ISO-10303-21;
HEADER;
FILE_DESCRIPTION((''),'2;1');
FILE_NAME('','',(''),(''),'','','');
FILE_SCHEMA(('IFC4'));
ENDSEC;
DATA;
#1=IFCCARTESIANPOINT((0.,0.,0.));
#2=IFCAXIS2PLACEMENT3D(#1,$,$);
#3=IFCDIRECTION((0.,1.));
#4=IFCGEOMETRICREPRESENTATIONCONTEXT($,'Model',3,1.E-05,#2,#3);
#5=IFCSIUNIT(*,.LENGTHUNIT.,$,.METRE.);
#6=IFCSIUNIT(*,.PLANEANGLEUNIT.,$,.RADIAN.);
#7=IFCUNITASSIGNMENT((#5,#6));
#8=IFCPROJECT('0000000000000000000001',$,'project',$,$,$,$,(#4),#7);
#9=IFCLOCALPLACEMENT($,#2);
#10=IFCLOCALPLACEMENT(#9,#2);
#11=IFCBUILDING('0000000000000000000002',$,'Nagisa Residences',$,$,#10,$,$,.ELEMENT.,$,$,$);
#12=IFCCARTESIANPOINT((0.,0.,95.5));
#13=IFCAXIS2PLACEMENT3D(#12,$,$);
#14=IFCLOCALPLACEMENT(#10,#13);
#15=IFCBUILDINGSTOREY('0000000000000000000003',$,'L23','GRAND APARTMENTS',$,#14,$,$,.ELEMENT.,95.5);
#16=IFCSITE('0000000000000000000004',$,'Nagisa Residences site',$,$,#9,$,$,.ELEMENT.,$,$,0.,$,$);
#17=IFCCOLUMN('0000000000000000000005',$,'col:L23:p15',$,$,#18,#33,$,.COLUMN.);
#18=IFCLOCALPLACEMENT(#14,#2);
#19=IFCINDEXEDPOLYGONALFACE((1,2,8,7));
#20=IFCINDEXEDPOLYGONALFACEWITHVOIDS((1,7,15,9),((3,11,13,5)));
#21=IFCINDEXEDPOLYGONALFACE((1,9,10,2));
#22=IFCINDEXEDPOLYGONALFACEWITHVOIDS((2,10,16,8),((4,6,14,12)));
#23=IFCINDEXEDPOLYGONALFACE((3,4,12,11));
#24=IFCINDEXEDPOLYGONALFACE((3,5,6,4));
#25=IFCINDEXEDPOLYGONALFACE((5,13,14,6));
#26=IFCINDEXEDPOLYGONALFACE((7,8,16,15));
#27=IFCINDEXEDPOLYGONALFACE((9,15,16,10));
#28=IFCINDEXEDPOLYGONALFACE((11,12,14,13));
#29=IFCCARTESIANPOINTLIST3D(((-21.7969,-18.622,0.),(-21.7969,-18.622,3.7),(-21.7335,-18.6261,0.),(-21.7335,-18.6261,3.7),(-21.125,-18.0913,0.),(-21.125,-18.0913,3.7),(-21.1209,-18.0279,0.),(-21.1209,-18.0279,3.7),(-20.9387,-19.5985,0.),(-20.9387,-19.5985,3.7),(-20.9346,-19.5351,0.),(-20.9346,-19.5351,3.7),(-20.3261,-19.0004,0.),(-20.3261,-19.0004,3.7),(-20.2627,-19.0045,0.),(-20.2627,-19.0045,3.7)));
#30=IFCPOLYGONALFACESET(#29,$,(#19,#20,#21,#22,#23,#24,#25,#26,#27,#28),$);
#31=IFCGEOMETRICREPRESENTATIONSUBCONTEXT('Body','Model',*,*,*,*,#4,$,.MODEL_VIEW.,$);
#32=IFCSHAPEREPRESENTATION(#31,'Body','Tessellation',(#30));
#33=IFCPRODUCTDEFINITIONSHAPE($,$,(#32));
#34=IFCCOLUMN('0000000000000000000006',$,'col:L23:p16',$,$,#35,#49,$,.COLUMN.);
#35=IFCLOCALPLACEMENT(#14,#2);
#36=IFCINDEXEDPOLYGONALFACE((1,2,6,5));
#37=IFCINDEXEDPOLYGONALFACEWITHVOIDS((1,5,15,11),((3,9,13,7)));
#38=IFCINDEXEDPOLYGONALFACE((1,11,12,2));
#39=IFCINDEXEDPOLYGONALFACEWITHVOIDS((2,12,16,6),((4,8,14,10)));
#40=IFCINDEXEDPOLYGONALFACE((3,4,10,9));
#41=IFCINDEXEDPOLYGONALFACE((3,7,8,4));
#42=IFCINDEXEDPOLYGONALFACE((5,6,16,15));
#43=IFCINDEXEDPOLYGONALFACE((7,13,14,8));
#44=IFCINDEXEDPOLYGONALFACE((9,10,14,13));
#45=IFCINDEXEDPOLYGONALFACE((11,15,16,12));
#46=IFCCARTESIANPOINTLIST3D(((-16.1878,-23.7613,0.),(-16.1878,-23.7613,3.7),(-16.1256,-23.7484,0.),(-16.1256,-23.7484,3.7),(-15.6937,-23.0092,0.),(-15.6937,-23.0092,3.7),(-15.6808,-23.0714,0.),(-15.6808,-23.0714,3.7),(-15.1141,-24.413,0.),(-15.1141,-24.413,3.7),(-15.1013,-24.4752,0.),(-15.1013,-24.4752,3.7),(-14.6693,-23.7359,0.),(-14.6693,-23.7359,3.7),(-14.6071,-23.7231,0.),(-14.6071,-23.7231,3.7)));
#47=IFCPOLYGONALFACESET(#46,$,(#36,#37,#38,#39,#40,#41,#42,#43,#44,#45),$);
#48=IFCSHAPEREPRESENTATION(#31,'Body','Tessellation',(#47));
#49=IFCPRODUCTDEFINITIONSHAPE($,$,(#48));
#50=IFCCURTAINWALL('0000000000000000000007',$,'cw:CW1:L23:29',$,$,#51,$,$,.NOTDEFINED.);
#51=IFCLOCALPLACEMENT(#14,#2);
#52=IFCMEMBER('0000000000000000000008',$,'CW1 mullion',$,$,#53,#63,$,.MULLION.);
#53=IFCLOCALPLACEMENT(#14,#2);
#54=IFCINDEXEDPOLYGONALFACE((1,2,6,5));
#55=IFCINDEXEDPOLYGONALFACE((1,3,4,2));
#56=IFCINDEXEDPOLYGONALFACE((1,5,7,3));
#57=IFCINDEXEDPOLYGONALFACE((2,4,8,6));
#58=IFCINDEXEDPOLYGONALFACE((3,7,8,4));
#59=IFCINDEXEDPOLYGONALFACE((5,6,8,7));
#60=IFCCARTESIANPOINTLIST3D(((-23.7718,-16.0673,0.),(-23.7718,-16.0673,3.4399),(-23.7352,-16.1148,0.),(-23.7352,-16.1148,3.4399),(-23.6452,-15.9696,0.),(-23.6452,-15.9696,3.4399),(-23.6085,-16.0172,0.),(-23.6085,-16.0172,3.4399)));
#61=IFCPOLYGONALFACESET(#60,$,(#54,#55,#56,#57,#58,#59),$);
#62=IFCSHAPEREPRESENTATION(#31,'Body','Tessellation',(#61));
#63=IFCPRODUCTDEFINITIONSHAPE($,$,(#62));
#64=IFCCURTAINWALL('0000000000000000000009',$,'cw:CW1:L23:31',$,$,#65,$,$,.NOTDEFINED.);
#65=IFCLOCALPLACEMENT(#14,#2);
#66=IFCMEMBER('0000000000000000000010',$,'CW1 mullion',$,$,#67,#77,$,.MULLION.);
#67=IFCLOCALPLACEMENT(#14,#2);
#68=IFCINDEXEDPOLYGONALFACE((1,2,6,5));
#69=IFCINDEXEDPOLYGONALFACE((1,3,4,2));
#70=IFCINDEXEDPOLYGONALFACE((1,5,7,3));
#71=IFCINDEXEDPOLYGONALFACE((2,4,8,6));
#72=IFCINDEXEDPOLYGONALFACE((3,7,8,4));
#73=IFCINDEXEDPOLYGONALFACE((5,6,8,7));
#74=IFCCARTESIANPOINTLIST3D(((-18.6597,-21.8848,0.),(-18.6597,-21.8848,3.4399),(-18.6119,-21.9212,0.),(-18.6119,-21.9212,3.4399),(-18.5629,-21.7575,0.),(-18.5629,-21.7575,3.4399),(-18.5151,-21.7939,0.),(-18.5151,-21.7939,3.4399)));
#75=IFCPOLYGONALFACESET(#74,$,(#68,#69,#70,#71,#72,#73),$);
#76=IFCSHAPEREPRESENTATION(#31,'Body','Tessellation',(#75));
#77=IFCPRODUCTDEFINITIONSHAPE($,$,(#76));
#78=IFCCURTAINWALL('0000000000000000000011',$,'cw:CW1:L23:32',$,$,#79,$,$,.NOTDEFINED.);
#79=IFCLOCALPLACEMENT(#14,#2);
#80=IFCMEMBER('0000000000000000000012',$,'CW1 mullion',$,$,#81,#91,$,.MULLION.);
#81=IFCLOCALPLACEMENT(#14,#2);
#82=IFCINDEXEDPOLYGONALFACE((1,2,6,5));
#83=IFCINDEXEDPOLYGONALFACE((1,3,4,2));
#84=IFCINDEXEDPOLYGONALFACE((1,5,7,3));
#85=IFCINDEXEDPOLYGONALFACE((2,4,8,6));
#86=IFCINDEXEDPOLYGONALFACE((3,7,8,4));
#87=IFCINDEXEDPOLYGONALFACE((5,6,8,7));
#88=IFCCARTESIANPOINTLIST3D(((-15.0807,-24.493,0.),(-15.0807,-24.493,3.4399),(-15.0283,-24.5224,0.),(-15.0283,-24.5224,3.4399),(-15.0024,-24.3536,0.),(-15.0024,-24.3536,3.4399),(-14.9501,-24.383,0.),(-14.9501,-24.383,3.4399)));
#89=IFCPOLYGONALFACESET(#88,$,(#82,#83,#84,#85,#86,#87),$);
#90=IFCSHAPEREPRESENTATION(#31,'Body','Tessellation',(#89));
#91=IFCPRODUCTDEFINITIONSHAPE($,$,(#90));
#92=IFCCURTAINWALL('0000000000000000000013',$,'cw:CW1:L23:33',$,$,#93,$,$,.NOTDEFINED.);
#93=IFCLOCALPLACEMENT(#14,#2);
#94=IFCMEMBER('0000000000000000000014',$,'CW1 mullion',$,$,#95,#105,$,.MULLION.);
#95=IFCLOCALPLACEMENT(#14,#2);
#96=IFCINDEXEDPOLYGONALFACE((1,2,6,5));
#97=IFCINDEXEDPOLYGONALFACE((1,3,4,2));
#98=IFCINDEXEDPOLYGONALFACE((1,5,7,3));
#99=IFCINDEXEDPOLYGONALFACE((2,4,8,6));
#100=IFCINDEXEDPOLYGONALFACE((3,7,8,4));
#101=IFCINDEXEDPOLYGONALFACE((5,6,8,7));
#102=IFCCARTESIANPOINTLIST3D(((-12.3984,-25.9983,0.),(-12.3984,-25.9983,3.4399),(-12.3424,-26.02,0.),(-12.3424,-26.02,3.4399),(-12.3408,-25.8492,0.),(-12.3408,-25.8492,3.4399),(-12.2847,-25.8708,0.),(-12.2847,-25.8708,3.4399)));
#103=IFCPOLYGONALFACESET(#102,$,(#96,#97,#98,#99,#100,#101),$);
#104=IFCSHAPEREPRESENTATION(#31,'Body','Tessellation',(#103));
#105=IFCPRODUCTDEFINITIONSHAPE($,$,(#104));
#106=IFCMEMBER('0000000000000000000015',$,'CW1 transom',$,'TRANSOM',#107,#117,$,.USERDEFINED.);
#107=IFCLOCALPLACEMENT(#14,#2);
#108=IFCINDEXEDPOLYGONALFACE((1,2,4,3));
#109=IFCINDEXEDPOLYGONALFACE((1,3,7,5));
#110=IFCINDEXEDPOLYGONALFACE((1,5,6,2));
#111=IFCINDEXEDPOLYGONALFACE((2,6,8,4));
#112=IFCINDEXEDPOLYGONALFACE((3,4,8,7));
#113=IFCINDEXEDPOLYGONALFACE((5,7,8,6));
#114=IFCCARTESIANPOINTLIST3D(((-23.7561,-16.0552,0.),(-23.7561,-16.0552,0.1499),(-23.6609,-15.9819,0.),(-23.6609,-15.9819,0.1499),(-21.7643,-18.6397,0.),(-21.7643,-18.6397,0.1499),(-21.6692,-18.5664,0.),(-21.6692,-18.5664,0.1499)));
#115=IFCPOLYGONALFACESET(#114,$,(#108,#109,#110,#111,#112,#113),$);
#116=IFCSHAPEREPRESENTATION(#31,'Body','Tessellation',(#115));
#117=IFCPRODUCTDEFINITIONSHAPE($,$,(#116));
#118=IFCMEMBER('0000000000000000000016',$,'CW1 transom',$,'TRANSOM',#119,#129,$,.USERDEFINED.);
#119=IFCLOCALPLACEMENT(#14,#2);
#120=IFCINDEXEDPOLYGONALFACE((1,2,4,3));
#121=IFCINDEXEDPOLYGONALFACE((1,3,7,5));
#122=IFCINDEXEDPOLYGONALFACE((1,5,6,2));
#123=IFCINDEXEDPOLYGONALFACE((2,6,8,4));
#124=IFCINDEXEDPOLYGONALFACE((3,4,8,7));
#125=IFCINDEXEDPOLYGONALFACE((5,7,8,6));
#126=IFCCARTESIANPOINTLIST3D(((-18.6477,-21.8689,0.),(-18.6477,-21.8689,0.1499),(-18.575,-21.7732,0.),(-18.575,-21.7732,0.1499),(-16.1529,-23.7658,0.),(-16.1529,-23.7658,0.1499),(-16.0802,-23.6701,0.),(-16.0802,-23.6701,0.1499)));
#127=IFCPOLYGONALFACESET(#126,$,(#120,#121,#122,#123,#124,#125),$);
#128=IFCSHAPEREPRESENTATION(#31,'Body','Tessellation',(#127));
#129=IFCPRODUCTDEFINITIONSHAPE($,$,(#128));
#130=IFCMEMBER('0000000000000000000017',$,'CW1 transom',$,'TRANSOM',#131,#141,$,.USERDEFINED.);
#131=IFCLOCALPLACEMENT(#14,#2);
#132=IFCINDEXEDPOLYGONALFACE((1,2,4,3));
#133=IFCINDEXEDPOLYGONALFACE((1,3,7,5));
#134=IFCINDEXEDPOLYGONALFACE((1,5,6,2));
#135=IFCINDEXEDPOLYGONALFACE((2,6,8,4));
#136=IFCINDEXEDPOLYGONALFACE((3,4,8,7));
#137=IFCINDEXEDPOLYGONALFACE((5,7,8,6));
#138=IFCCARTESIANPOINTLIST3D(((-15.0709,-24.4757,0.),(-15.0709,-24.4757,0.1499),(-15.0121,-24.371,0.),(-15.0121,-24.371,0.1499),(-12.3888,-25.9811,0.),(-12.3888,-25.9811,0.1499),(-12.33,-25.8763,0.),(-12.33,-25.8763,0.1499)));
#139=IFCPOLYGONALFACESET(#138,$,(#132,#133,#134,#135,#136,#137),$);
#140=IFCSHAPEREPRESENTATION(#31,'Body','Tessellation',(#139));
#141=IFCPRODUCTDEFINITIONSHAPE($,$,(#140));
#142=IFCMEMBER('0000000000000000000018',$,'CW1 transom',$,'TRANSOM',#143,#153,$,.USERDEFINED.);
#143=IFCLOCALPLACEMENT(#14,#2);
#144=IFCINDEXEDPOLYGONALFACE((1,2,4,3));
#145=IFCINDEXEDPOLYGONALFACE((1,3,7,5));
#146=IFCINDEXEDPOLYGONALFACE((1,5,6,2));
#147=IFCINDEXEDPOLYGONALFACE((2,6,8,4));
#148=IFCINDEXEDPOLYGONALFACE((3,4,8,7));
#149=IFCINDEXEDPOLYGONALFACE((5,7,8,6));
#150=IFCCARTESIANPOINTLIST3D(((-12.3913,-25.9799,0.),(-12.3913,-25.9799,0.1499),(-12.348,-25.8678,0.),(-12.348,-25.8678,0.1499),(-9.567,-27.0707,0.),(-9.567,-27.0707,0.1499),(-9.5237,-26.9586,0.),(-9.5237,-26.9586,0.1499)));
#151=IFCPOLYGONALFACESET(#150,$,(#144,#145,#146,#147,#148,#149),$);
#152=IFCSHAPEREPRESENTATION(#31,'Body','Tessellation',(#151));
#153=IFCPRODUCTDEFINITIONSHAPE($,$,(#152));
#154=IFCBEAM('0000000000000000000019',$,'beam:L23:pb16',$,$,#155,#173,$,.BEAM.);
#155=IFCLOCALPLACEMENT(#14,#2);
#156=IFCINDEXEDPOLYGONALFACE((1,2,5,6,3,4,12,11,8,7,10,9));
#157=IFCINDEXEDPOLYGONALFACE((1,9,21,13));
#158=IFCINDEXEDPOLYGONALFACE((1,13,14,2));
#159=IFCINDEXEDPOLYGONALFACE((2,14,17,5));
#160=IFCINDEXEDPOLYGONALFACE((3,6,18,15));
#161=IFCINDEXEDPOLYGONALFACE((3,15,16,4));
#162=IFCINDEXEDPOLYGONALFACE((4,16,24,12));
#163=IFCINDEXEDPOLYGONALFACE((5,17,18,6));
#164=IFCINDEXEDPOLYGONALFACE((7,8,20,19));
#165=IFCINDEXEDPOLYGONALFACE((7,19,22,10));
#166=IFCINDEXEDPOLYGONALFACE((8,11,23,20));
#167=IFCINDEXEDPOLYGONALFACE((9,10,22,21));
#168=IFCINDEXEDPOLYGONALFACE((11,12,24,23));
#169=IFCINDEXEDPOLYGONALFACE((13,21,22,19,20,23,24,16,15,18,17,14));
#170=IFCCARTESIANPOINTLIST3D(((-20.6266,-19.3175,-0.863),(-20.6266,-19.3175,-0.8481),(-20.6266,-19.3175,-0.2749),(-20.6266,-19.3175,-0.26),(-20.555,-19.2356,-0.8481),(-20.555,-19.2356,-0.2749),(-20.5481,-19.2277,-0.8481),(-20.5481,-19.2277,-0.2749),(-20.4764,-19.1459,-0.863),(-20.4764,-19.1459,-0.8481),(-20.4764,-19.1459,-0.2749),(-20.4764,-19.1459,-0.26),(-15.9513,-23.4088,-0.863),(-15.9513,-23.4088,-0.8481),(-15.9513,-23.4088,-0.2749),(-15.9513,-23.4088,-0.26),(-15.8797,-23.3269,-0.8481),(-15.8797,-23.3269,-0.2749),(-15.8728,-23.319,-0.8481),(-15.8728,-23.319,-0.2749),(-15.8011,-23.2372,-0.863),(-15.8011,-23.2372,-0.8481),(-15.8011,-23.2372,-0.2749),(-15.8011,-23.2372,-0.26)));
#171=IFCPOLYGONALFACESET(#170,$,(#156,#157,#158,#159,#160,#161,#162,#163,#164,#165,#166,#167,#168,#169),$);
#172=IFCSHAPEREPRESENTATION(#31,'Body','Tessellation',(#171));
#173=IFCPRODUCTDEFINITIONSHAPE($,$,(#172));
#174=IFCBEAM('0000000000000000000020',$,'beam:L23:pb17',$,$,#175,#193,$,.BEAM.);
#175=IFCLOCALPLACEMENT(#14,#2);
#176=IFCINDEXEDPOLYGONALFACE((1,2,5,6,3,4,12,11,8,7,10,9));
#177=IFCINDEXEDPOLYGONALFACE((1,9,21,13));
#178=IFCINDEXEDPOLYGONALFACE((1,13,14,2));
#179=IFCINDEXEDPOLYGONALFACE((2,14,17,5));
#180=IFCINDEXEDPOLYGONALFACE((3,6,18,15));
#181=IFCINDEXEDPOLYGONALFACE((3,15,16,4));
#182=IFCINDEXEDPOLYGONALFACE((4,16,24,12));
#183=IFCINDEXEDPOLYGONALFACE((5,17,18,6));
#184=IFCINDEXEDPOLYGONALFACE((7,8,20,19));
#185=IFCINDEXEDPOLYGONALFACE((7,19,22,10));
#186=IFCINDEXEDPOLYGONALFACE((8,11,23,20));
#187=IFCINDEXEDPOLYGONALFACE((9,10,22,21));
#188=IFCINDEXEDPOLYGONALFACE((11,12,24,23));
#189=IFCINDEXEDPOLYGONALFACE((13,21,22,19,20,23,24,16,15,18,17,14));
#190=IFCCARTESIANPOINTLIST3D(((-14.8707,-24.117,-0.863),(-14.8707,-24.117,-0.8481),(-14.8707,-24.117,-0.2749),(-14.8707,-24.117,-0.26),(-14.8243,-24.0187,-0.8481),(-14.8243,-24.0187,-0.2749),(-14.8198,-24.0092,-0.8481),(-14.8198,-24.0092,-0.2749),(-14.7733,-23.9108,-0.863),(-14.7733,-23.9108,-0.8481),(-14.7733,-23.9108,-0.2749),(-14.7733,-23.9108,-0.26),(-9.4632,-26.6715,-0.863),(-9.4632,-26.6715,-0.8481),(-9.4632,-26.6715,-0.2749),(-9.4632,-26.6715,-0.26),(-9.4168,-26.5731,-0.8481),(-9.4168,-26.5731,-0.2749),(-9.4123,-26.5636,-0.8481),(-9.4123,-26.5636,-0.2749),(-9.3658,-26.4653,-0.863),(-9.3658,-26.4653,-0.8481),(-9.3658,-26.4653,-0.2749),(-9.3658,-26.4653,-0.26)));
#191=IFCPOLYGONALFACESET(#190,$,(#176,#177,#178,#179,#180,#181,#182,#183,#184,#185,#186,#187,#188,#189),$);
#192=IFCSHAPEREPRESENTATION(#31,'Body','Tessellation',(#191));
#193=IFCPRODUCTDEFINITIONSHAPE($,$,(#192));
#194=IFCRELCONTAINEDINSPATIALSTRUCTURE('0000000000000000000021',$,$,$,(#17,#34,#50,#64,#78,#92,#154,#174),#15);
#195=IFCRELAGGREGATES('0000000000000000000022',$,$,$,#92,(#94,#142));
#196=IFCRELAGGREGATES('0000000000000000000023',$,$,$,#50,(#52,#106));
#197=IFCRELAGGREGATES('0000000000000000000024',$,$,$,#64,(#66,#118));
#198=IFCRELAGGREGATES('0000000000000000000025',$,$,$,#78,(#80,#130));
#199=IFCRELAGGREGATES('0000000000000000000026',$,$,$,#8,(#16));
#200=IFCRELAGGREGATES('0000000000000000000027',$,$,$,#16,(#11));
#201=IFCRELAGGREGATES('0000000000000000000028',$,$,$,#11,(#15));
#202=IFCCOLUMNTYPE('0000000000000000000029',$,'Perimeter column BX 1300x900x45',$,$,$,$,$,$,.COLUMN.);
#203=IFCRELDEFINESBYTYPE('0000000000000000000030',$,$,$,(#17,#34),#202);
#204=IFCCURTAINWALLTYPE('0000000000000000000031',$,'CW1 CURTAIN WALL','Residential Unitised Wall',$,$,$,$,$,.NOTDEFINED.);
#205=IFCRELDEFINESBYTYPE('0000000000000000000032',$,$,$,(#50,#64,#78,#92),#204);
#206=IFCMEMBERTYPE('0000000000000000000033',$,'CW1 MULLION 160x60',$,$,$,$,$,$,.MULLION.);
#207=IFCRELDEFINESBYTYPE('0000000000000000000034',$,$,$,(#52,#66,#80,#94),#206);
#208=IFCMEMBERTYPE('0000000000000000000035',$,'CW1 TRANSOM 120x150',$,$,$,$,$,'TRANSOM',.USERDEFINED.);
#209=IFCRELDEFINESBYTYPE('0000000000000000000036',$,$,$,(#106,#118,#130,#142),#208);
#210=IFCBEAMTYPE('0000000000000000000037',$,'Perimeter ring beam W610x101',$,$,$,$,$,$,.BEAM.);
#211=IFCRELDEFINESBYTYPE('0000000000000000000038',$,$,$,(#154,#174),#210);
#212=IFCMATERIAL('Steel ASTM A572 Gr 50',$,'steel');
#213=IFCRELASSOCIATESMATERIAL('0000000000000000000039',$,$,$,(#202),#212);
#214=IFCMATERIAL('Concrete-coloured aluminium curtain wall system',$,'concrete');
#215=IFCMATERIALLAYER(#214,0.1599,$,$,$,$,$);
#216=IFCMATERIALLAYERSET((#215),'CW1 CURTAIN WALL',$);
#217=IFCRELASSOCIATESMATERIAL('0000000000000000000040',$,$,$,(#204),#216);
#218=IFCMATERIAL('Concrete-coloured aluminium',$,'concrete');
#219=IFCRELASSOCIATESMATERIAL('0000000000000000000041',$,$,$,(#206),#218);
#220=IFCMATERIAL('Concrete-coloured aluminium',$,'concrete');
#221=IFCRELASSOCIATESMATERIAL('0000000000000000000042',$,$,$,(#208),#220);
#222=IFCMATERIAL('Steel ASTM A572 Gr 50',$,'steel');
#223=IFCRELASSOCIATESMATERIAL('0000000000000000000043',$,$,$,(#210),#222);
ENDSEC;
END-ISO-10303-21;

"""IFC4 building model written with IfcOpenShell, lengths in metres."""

from ifc_helpers import new_model, si_unit, direction, frame, origin, origin_2d, place, context, subcontext, project, spatial, rectangle, hollow_rectangle, i_section, extrude, material, layer, layer_set, material_profile, profile_set, type_object, element, aggregate, save


model = new_model("IFC4")

# Units and contexts
model_context = context("Model", 3, precision=1e-05, world=origin(), true_north=direction((0.0, 1.0)))
body_context = subcontext(model_context, "Body", "Model", "MODEL_VIEW")
ifc_project = project(units=[si_unit("LENGTHUNIT", "METRE"), si_unit("PLANEANGLEUNIT", "RADIAN")], contexts=[model_context])

# Site, building, storey
site_placement = place(None, origin())
site = spatial("IfcSite", under=ifc_project, at=site_placement, Name="Nagisa Residences site", CompositionType="ELEMENT", RefElevation=0.0)
building_placement = place(site_placement, origin())
building = spatial("IfcBuilding", under=site, at=building_placement, Name="Nagisa Residences", CompositionType="ELEMENT")
storey_placement = place(building_placement, frame((0.0, 0.0, 95.5)))
storey = spatial("IfcBuildingStorey", under=building, at=storey_placement, Name="L23", Description="GRAND APARTMENTS", CompositionType="ELEMENT", Elevation=95.5)

# Columns
ifc_material_1 = material(Name="Steel ASTM A572 Gr 50", Category="steel")
ifc_material_profile_1 = material_profile(ifc_material_1, hollow_rectangle(XDim=1.3, YDim=0.8999, WallThickness=0.0449, at=origin_2d()), Name="BX 1300x900x45")
ifc_profile_set_1 = profile_set([ifc_material_profile_1], Name="Steel ASTM A572 Gr 50")
column_type = type_object("IfcColumnType", Name="Perimeter column BX 1300x900x45", PredefinedType="COLUMN", material=ifc_profile_set_1)
for number, where, z_axis, x_axis, name in (
    (1, (-21.0298, -18.8132, 0.0), (0.0, 0.0, 1.0), (0.660115, -0.751165, 0.0), "col:L23:p15"),
    (2, (-15.3975, -23.7422, 0.0), (0.0, 0.0, 1.0), (0.835766, -0.549086, 0.0), "col:L23:p16"),
):
    element("IfcColumn", number, at=place(storey_placement, frame(where, z_axis=z_axis, x_axis=x_axis)), inside=storey, type_object=column_type, Name=name, PredefinedType="COLUMN", context=body_context, shape_type="SweptSolid", body=[
        extrude(hollow_rectangle(XDim=1.3, YDim=0.8999, WallThickness=0.0449, at=origin_2d()), origin(), (0.0, 0.0, 1.0), 3.7),
    ])

# Curtain walls, members
ifc_material_2 = material(Name="Concrete-coloured aluminium curtain wall system", Category="concrete")
ifc_layer_1 = layer(ifc_material_2, 0.1599)
ifc_layer_set_1 = layer_set([ifc_layer_1], Name="CW1 CURTAIN WALL")
curtain_wall_type = type_object("IfcCurtainWallType", Name="CW1 CURTAIN WALL", Description="Residential Unitised Wall", PredefinedType="NOTDEFINED", material=ifc_layer_set_1)
curtain_wall_1_placement = place(storey_placement, origin())
curtain_wall_1 = element("IfcCurtainWall", 3, at=curtain_wall_1_placement, inside=storey, type_object=curtain_wall_type, Name="cw:CW1:L23:29", PredefinedType="NOTDEFINED")
ifc_material_3 = material(Name="Concrete-coloured aluminium", Category="concrete")
ifc_material_profile_2 = material_profile(ifc_material_3, rectangle(XDim=0.1599, YDim=0.0601, at=origin_2d()), Name="CW1 MULLION 160x60")
ifc_profile_set_2 = profile_set([ifc_material_profile_2], Name="Concrete-coloured aluminium")
member_type_1 = type_object("IfcMemberType", Name="CW1 MULLION 160x60", PredefinedType="MULLION", material=ifc_profile_set_2)
member_1_placement = place(storey_placement, frame((-23.6902, -16.0422, 0.0), z_axis=(0.0, 0.0, 1.0), x_axis=(0.79207, 0.61043, 0.0)))
member_1 = element("IfcMember", 4, at=member_1_placement, type_object=member_type_1, Name="CW1 mullion", PredefinedType="MULLION", context=body_context, shape_type="SweptSolid", body=[
    extrude(rectangle(XDim=0.1599, YDim=0.0601, at=origin_2d()), origin(), (0.0, 0.0, 1.0), 3.4399),
])
curtain_wall_2_placement = place(storey_placement, origin())
curtain_wall_2 = element("IfcCurtainWall", 5, at=curtain_wall_2_placement, inside=storey, type_object=curtain_wall_type, Name="cw:CW1:L23:31", PredefinedType="NOTDEFINED")
member_2_placement = place(storey_placement, frame((-18.5874, -21.8394, 0.0), z_axis=(0.0, 0.0, 1.0), x_axis=(0.605255, 0.796031, 0.0)))
member_2 = element("IfcMember", 6, at=member_2_placement, type_object=member_type_1, Name="CW1 mullion", PredefinedType="MULLION", context=body_context, shape_type="SweptSolid", body=[
    extrude(rectangle(XDim=0.1599, YDim=0.0601, at=origin_2d()), origin(), (0.0, 0.0, 1.0), 3.4399),
])
curtain_wall_3_placement = place(storey_placement, origin())
curtain_wall_3 = element("IfcCurtainWall", 7, at=curtain_wall_3_placement, inside=storey, type_object=curtain_wall_type, Name="cw:CW1:L23:32", PredefinedType="NOTDEFINED")
member_3_placement = place(storey_placement, frame((-15.0154, -24.438, 0.0), z_axis=(0.0, 0.0, 1.0), x_axis=(0.489377, 0.872072, 0.0)))
member_3 = element("IfcMember", 8, at=member_3_placement, type_object=member_type_1, Name="CW1 mullion", PredefinedType="MULLION", context=body_context, shape_type="SweptSolid", body=[
    extrude(rectangle(XDim=0.1599, YDim=0.0601, at=origin_2d()), origin(), (0.0, 0.0, 1.0), 3.4399),
])
curtain_wall_4_placement = place(storey_placement, origin())
curtain_wall_4 = element("IfcCurtainWall", 9, at=curtain_wall_4_placement, inside=storey, type_object=curtain_wall_type, Name="cw:CW1:L23:33", PredefinedType="NOTDEFINED")
member_4_placement = place(storey_placement, frame((-12.3416, -25.9346, 0.0), z_axis=(0.0, 0.0, 1.0), x_axis=(0.360328, 0.932826, 0.0)))
member_4 = element("IfcMember", 10, at=member_4_placement, type_object=member_type_1, Name="CW1 mullion", PredefinedType="MULLION", context=body_context, shape_type="SweptSolid", body=[
    extrude(rectangle(XDim=0.1599, YDim=0.0601, at=origin_2d()), origin(), (0.0, 0.0, 1.0), 3.4399),
])

# Members
ifc_material_4 = material(Name="Concrete-coloured aluminium", Category="concrete")
ifc_material_profile_3 = material_profile(ifc_material_4, rectangle(XDim=0.1201, YDim=0.1499, at=origin_2d()), Name="CW1 TRANSOM 120x150")
ifc_profile_set_3 = profile_set([ifc_material_profile_3], Name="Concrete-coloured aluminium")
member_type_2 = type_object("IfcMemberType", Name="CW1 TRANSOM 120x150", ElementType="TRANSOM", PredefinedType="USERDEFINED", material=ifc_profile_set_3)
member_5_placement = place(storey_placement, frame((-23.7085, -16.0186, 0.075), z_axis=(0.610412, -0.792084, 0.0), x_axis=(0.792084, 0.610412, 0.0)))
member_5 = element("IfcMember", 11, at=member_5_placement, type_object=member_type_2, Name="CW1 transom", ObjectType="TRANSOM", PredefinedType="USERDEFINED", context=body_context, shape_type="SweptSolid", body=[
    extrude(rectangle(XDim=0.1201, YDim=0.1499, at=origin_2d()), origin(), (0.0, 0.0, 1.0), 3.2629),
])
member_6_placement = place(storey_placement, frame((-18.6113, -21.821, 0.075), z_axis=(0.796029, -0.605259, 0.0), x_axis=(0.605259, 0.796029, 0.0)))
member_6 = element("IfcMember", 12, at=member_6_placement, type_object=member_type_2, Name="CW1 transom", ObjectType="TRANSOM", PredefinedType="USERDEFINED", context=body_context, shape_type="SweptSolid", body=[
    extrude(rectangle(XDim=0.1201, YDim=0.1499, at=origin_2d()), origin(), (0.0, 0.0, 1.0), 3.134),
])
member_7_placement = place(storey_placement, frame((-15.0415, -24.4233, 0.075), z_axis=(0.872037, -0.489439, 0.0), x_axis=(0.489439, 0.872037, 0.0)))
member_7 = element("IfcMember", 13, at=member_7_placement, type_object=member_type_2, Name="CW1 transom", ObjectType="TRANSOM", PredefinedType="USERDEFINED", context=body_context, shape_type="SweptSolid", body=[
    extrude(rectangle(XDim=0.1201, YDim=0.1499, at=origin_2d()), origin(), (0.0, 0.0, 1.0), 3.0757),
])
member_8_placement = place(storey_placement, frame((-12.3696, -25.9238, 0.075), z_axis=(0.932838, -0.360297, 0.0), x_axis=(0.360297, 0.932838, 0.0)))
member_8 = element("IfcMember", 14, at=member_8_placement, type_object=member_type_2, Name="CW1 transom", ObjectType="TRANSOM", PredefinedType="USERDEFINED", context=body_context, shape_type="SweptSolid", body=[
    extrude(rectangle(XDim=0.1201, YDim=0.1499, at=origin_2d()), origin(), (0.0, 0.0, 1.0), 3.0276),
])
aggregate(curtain_wall_4, [member_4, member_8])

# Beams
ifc_material_5 = material(Name="Steel ASTM A572 Gr 50", Category="steel")
ifc_material_profile_4 = material_profile(ifc_material_5, i_section(OverallWidth=0.228, OverallDepth=0.603, WebThickness=0.0105, FlangeThickness=0.0149, at=origin_2d()), Name="W610x101")
ifc_profile_set_4 = profile_set([ifc_material_profile_4], Name="Steel ASTM A572 Gr 50")
beam_type_1 = type_object("IfcBeamType", Name="Perimeter ring beam W610x101", PredefinedType="BEAM", material=ifc_profile_set_4)
beam_1_placement = place(storey_placement, frame((-20.5515, -19.2317, -0.5615), z_axis=(0.752543, -0.658544, 0.0), x_axis=(0.658544, 0.752543, 0.0)))
element("IfcBeam", 15, at=beam_1_placement, inside=storey, type_object=beam_type_1, Name="beam:L23:pb16", PredefinedType="BEAM", context=body_context, shape_type="SweptSolid", body=[
    extrude(i_section(OverallWidth=0.228, OverallDepth=0.603, WebThickness=0.0105, FlangeThickness=0.0149, at=origin_2d()), origin(), (0.0, 0.0, 1.0), 6.2126),
])
beam_2_placement = place(storey_placement, frame((-14.822, -24.0139, -0.5615), z_axis=(0.90419, -0.427131, 0.0), x_axis=(0.427131, 0.90419, 0.0)))
element("IfcBeam", 16, at=beam_2_placement, inside=storey, type_object=beam_type_1, Name="beam:L23:pb17", PredefinedType="BEAM", context=body_context, shape_type="SweptSolid", body=[
    extrude(i_section(OverallWidth=0.228, OverallDepth=0.603, WebThickness=0.0105, FlangeThickness=0.0149, at=origin_2d()), origin(), (0.0, 0.0, 1.0), 5.9805),
])

aggregate(curtain_wall_1, [member_1, member_5])
aggregate(curtain_wall_2, [member_2, member_6])
aggregate(curtain_wall_3, [member_3, member_7])

save(model, "model.ifc")
